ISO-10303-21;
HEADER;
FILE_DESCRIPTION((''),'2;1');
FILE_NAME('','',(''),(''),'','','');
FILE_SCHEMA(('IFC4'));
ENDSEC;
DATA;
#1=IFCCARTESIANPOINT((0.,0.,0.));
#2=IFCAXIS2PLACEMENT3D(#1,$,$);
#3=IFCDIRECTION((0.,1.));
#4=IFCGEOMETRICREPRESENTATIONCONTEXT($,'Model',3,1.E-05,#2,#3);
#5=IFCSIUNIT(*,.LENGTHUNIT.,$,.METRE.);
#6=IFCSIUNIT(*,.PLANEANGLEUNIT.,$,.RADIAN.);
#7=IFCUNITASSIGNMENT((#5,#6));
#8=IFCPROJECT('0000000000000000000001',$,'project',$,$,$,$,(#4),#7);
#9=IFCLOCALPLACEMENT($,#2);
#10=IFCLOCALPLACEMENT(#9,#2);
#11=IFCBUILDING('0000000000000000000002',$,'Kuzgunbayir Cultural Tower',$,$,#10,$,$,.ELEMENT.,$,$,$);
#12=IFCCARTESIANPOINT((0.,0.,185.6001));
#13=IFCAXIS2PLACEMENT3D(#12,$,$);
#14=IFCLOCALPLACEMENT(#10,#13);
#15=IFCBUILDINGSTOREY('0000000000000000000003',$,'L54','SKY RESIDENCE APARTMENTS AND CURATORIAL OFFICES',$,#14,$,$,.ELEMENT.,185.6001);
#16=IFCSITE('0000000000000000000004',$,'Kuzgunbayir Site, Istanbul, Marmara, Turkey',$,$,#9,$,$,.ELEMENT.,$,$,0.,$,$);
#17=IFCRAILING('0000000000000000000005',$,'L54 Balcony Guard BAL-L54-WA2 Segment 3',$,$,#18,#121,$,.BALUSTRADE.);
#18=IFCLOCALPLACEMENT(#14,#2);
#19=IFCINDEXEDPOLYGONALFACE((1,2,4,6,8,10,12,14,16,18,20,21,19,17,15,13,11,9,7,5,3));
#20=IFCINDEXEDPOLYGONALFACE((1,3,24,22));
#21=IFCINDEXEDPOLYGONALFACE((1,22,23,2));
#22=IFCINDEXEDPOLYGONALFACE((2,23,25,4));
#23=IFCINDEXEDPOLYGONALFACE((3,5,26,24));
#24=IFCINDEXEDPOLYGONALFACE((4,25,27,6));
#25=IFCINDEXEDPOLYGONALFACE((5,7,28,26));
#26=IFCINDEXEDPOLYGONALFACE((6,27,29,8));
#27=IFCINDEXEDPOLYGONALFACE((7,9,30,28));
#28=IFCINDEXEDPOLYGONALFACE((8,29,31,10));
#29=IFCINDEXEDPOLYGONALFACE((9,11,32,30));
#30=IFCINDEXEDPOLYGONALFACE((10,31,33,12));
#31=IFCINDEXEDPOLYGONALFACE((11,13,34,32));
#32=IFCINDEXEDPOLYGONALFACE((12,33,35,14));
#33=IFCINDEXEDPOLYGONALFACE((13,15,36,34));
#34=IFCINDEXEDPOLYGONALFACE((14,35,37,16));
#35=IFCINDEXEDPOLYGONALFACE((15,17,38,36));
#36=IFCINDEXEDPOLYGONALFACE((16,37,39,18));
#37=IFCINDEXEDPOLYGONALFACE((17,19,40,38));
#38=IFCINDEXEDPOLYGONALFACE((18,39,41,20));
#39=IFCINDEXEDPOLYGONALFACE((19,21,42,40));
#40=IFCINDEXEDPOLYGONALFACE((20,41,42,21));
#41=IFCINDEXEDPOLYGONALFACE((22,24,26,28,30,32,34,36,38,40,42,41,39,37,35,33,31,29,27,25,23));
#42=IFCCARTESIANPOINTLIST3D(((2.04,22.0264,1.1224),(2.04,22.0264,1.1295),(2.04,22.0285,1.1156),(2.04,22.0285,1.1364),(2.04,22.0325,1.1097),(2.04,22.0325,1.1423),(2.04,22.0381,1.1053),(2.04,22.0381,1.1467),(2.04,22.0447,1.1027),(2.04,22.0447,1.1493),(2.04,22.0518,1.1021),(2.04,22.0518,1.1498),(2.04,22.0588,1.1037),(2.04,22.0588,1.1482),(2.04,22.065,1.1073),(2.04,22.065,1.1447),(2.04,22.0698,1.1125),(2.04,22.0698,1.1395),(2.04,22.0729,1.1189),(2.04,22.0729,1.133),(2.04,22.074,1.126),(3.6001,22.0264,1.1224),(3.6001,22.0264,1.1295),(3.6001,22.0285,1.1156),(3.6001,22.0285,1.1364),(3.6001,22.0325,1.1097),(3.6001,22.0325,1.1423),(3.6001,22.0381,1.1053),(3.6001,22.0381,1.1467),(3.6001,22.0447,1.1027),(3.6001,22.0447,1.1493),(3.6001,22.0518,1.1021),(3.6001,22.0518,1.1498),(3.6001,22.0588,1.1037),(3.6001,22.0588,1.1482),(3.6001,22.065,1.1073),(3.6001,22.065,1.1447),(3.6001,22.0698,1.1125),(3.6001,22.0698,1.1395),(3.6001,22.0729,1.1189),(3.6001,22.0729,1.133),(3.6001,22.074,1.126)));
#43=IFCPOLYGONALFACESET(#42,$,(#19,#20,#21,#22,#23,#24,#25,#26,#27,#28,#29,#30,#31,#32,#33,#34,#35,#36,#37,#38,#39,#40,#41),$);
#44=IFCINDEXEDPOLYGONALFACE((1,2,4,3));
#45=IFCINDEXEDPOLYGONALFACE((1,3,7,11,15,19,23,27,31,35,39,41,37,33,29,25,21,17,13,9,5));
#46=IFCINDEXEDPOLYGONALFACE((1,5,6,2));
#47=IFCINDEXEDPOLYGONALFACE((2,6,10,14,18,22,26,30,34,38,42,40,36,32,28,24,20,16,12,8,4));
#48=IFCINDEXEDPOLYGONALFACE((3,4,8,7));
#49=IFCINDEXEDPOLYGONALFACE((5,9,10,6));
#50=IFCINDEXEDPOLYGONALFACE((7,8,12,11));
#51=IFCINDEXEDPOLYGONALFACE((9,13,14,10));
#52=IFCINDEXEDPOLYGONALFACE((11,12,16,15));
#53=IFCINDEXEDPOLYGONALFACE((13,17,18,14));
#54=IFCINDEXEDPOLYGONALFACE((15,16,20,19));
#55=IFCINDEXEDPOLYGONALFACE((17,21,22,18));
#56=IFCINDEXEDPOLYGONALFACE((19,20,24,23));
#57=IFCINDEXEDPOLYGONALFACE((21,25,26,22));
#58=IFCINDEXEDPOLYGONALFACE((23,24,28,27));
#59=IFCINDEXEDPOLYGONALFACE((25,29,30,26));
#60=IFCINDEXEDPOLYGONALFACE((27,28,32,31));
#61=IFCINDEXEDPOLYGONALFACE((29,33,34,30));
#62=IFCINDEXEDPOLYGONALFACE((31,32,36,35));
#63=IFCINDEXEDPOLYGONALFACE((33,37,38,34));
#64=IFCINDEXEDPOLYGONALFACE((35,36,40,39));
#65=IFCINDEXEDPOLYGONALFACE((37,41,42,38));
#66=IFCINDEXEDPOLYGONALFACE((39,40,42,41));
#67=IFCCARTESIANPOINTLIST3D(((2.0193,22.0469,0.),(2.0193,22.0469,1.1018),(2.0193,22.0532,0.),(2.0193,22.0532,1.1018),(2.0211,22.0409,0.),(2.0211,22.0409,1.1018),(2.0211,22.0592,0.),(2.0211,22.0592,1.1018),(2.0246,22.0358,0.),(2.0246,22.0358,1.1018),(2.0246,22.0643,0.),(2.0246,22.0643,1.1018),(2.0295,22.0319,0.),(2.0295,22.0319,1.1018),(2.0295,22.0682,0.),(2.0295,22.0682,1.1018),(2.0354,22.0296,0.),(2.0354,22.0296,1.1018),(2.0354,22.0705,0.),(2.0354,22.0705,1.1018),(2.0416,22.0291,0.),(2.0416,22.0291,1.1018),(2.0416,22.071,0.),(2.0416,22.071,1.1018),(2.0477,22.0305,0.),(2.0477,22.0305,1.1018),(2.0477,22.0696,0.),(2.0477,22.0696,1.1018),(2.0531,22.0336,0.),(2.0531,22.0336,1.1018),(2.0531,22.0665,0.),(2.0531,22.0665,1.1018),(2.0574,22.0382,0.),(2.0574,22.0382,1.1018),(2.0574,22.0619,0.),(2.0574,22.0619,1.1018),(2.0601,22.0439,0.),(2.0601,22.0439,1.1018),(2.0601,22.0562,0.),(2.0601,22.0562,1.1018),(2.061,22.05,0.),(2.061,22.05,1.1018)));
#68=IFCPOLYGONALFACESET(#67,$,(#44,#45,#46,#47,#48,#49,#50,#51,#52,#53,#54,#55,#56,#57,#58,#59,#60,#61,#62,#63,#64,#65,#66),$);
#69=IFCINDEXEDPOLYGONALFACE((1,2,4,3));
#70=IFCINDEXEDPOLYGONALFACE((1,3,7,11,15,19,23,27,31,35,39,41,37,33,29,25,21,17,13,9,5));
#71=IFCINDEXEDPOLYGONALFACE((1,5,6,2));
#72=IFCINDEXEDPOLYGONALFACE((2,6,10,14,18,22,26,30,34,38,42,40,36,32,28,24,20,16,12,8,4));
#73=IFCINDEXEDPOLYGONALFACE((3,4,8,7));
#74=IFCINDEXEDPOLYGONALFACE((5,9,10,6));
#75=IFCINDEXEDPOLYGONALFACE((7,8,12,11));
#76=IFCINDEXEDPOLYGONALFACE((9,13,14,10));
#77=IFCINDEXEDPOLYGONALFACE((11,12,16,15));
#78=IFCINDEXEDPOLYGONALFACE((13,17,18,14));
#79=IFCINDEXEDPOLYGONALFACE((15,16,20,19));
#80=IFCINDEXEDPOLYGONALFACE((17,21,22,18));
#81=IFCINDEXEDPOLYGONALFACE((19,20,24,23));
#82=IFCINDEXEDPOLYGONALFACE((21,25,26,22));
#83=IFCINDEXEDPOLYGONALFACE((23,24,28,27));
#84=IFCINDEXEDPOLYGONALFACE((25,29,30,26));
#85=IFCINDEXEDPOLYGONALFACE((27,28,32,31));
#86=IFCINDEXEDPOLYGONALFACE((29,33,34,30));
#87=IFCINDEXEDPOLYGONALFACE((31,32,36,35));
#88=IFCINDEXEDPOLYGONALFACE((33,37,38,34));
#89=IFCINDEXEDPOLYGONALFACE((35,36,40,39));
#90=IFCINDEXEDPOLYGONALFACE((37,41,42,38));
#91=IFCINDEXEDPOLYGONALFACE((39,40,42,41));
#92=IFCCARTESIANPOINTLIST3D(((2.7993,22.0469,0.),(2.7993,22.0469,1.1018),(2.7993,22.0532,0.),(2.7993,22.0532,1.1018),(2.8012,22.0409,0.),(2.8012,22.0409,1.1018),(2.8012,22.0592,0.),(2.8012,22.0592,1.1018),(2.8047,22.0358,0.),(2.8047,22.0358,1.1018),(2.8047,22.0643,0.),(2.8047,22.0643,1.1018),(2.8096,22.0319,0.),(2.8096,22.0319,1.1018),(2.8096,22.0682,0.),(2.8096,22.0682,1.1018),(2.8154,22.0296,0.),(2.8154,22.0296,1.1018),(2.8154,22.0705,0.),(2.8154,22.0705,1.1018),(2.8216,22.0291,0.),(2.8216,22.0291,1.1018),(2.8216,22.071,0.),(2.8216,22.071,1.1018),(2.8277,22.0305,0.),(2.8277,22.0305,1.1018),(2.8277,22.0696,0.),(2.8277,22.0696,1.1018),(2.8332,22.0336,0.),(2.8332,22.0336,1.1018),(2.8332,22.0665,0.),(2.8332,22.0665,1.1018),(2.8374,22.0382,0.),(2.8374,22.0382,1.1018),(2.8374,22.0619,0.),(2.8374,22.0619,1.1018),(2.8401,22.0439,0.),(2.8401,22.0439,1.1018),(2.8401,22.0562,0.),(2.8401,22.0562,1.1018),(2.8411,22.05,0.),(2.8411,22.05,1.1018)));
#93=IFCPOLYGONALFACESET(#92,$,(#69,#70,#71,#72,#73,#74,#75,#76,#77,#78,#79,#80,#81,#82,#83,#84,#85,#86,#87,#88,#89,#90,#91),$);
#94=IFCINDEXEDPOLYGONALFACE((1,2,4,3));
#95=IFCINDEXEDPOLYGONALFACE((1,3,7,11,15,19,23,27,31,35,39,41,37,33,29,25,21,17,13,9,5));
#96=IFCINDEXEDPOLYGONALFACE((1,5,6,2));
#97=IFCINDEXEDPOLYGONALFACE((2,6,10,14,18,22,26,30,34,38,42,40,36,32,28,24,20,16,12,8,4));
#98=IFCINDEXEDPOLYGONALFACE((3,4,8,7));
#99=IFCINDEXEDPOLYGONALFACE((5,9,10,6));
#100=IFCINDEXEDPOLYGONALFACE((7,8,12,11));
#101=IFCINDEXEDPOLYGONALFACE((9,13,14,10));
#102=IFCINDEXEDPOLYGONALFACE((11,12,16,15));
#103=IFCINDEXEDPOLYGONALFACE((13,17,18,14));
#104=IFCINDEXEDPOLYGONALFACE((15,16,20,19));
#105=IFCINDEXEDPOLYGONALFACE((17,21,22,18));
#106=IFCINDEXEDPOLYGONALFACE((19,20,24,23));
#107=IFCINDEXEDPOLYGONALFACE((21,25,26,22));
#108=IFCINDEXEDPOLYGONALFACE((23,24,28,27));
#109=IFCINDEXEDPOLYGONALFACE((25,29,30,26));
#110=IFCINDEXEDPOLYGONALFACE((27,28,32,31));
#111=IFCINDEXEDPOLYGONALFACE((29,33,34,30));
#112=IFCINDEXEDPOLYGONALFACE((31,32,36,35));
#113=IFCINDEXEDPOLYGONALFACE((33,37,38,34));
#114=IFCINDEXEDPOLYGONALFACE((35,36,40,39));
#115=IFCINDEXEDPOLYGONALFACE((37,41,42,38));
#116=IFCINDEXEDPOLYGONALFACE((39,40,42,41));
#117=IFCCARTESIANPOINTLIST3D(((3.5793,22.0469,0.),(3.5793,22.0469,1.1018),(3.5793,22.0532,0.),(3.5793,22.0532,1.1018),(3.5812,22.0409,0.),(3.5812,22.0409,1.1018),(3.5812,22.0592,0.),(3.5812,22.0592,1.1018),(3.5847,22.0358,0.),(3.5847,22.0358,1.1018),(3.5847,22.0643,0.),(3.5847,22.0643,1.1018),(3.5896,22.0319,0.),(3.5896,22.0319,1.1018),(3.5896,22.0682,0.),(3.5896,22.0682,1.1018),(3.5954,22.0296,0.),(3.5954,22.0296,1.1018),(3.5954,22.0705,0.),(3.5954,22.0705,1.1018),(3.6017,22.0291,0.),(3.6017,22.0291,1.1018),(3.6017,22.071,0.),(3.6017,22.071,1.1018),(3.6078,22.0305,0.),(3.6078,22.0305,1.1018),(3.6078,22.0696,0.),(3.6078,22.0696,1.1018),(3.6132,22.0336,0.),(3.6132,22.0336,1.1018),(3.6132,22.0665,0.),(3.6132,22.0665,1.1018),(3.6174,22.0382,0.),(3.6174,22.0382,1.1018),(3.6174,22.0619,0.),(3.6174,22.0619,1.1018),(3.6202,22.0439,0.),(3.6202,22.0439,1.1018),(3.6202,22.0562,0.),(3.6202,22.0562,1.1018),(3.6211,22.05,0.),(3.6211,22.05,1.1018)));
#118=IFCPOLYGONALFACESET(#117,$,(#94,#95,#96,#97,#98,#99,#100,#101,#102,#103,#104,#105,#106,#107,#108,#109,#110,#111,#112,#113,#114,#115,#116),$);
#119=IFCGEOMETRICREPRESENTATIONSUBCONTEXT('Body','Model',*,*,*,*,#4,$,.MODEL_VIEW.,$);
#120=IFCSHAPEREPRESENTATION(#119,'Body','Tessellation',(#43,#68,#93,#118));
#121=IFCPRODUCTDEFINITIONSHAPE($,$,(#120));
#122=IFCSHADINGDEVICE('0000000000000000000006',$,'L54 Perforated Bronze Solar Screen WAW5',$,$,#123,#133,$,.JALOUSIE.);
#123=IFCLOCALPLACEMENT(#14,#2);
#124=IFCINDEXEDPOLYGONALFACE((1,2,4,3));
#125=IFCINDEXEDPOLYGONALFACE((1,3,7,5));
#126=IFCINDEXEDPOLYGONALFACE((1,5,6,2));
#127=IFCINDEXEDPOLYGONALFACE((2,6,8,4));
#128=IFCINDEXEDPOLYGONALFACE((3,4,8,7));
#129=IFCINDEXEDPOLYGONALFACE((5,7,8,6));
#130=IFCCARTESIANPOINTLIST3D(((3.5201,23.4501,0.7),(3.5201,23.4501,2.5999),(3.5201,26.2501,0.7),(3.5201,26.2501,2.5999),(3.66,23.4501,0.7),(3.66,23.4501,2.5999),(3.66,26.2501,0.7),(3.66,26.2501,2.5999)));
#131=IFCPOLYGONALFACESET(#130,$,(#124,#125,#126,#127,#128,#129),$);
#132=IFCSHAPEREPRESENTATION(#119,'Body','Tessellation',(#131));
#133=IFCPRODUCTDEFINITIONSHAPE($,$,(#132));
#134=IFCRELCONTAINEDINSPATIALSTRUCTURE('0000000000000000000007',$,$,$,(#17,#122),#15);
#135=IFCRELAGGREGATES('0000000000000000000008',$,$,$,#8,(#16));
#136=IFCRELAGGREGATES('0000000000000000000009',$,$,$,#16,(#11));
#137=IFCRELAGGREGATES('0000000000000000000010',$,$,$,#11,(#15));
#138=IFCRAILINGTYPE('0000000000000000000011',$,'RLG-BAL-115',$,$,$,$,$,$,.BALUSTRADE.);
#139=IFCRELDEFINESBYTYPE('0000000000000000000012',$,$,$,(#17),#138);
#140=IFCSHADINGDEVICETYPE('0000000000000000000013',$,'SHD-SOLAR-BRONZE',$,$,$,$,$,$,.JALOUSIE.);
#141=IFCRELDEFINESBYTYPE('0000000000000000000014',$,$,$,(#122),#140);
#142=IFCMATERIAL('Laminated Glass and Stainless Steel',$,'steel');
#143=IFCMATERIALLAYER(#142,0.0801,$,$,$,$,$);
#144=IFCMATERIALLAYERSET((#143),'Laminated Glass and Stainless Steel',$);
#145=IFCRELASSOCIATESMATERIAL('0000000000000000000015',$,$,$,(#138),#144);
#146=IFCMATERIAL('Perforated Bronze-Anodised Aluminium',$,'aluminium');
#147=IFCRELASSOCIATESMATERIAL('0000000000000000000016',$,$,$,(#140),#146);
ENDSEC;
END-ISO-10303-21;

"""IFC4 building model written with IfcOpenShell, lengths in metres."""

from ifc_helpers import new_model, si_unit, direction, frame, origin, origin_2d, place, context, subcontext, project, spatial, rectangle, circle, extrude, material, layer, layer_set, type_object, element, save


model = new_model("IFC4")

# Units and contexts
model_context = context("Model", 3, precision=1e-05, world=origin(), true_north=direction((0.0, 1.0)))
body_context = subcontext(model_context, "Body", "Model", "MODEL_VIEW")
ifc_project = project(units=[si_unit("LENGTHUNIT", "METRE"), si_unit("PLANEANGLEUNIT", "RADIAN")], contexts=[model_context])

# Site, building, storey
site_placement = place(None, origin())
site = spatial("IfcSite", under=ifc_project, at=site_placement, Name="Kuzgunbayir Site, Istanbul, Marmara, Turkey", CompositionType="ELEMENT", RefElevation=0.0)
building_placement = place(site_placement, origin())
building = spatial("IfcBuilding", under=site, at=building_placement, Name="Kuzgunbayir Cultural Tower", CompositionType="ELEMENT")
storey_placement = place(building_placement, frame((0.0, 0.0, 185.6001)))
storey = spatial("IfcBuildingStorey", under=building, at=storey_placement, Name="L54", Description="SKY RESIDENCE APARTMENTS AND CURATORIAL OFFICES", CompositionType="ELEMENT", Elevation=185.6001)

# Railing
ifc_material_1 = material(Name="Laminated Glass and Stainless Steel", Category="steel")
ifc_layer_1 = layer(ifc_material_1, 0.0801)
ifc_layer_set_1 = layer_set([ifc_layer_1], Name="Laminated Glass and Stainless Steel")
railing_type = type_object("IfcRailingType", Name="RLG-BAL-115", PredefinedType="BALUSTRADE", material=ifc_layer_set_1)
railing_1_placement = place(storey_placement, frame((2.04, 22.05, 0.0)))
element("IfcRailing", 1, at=railing_1_placement, inside=storey, type_object=railing_type, Name="L54 Balcony Guard BAL-L54-WA2 Segment 3", PredefinedType="BALUSTRADE", context=body_context, shape_type="SweptSolid", body=[
    extrude(circle(Radius=0.0239, at=origin_2d()), frame((0.0, 0.0, 1.126), z_axis=(1.0, 0.0, 0.0), x_axis=(0.0, 1.0, 0.0)), (0.0, 0.0, 1.0), 1.5601),
    extrude(circle(Radius=0.021, at=origin_2d()), origin(), (0.0, 0.0, 1.0), 1.1018),
    extrude(circle(Radius=0.021, at=origin_2d()), frame((0.78, 0.0, 0.0)), (0.0, 0.0, 1.0), 1.1018),
    extrude(circle(Radius=0.021, at=origin_2d()), frame((1.5601, 0.0, 0.0)), (0.0, 0.0, 1.0), 1.1018),
])

# Shading device
ifc_material_2 = material(Name="Perforated Bronze-Anodised Aluminium", Category="aluminium")
shading_device_type = type_object("IfcShadingDeviceType", Name="SHD-SOLAR-BRONZE", PredefinedType="JALOUSIE", material=ifc_material_2)
shading_device_placement = place(storey_placement, frame((3.5901, 24.8501, 0.7), z_axis=(0.0, 0.0, 1.0), x_axis=(1.0, 0.0, 0.0)))
element("IfcShadingDevice", 2, at=shading_device_placement, inside=storey, type_object=shading_device_type, Name="L54 Perforated Bronze Solar Screen WAW5", PredefinedType="JALOUSIE", context=body_context, shape_type="SweptSolid", body=[
    extrude(rectangle(XDim=0.1399, YDim=2.8, at=origin_2d()), origin(), (0.0, 0.0, 1.0), 1.8999),
])

save(model, "model.ifc")
